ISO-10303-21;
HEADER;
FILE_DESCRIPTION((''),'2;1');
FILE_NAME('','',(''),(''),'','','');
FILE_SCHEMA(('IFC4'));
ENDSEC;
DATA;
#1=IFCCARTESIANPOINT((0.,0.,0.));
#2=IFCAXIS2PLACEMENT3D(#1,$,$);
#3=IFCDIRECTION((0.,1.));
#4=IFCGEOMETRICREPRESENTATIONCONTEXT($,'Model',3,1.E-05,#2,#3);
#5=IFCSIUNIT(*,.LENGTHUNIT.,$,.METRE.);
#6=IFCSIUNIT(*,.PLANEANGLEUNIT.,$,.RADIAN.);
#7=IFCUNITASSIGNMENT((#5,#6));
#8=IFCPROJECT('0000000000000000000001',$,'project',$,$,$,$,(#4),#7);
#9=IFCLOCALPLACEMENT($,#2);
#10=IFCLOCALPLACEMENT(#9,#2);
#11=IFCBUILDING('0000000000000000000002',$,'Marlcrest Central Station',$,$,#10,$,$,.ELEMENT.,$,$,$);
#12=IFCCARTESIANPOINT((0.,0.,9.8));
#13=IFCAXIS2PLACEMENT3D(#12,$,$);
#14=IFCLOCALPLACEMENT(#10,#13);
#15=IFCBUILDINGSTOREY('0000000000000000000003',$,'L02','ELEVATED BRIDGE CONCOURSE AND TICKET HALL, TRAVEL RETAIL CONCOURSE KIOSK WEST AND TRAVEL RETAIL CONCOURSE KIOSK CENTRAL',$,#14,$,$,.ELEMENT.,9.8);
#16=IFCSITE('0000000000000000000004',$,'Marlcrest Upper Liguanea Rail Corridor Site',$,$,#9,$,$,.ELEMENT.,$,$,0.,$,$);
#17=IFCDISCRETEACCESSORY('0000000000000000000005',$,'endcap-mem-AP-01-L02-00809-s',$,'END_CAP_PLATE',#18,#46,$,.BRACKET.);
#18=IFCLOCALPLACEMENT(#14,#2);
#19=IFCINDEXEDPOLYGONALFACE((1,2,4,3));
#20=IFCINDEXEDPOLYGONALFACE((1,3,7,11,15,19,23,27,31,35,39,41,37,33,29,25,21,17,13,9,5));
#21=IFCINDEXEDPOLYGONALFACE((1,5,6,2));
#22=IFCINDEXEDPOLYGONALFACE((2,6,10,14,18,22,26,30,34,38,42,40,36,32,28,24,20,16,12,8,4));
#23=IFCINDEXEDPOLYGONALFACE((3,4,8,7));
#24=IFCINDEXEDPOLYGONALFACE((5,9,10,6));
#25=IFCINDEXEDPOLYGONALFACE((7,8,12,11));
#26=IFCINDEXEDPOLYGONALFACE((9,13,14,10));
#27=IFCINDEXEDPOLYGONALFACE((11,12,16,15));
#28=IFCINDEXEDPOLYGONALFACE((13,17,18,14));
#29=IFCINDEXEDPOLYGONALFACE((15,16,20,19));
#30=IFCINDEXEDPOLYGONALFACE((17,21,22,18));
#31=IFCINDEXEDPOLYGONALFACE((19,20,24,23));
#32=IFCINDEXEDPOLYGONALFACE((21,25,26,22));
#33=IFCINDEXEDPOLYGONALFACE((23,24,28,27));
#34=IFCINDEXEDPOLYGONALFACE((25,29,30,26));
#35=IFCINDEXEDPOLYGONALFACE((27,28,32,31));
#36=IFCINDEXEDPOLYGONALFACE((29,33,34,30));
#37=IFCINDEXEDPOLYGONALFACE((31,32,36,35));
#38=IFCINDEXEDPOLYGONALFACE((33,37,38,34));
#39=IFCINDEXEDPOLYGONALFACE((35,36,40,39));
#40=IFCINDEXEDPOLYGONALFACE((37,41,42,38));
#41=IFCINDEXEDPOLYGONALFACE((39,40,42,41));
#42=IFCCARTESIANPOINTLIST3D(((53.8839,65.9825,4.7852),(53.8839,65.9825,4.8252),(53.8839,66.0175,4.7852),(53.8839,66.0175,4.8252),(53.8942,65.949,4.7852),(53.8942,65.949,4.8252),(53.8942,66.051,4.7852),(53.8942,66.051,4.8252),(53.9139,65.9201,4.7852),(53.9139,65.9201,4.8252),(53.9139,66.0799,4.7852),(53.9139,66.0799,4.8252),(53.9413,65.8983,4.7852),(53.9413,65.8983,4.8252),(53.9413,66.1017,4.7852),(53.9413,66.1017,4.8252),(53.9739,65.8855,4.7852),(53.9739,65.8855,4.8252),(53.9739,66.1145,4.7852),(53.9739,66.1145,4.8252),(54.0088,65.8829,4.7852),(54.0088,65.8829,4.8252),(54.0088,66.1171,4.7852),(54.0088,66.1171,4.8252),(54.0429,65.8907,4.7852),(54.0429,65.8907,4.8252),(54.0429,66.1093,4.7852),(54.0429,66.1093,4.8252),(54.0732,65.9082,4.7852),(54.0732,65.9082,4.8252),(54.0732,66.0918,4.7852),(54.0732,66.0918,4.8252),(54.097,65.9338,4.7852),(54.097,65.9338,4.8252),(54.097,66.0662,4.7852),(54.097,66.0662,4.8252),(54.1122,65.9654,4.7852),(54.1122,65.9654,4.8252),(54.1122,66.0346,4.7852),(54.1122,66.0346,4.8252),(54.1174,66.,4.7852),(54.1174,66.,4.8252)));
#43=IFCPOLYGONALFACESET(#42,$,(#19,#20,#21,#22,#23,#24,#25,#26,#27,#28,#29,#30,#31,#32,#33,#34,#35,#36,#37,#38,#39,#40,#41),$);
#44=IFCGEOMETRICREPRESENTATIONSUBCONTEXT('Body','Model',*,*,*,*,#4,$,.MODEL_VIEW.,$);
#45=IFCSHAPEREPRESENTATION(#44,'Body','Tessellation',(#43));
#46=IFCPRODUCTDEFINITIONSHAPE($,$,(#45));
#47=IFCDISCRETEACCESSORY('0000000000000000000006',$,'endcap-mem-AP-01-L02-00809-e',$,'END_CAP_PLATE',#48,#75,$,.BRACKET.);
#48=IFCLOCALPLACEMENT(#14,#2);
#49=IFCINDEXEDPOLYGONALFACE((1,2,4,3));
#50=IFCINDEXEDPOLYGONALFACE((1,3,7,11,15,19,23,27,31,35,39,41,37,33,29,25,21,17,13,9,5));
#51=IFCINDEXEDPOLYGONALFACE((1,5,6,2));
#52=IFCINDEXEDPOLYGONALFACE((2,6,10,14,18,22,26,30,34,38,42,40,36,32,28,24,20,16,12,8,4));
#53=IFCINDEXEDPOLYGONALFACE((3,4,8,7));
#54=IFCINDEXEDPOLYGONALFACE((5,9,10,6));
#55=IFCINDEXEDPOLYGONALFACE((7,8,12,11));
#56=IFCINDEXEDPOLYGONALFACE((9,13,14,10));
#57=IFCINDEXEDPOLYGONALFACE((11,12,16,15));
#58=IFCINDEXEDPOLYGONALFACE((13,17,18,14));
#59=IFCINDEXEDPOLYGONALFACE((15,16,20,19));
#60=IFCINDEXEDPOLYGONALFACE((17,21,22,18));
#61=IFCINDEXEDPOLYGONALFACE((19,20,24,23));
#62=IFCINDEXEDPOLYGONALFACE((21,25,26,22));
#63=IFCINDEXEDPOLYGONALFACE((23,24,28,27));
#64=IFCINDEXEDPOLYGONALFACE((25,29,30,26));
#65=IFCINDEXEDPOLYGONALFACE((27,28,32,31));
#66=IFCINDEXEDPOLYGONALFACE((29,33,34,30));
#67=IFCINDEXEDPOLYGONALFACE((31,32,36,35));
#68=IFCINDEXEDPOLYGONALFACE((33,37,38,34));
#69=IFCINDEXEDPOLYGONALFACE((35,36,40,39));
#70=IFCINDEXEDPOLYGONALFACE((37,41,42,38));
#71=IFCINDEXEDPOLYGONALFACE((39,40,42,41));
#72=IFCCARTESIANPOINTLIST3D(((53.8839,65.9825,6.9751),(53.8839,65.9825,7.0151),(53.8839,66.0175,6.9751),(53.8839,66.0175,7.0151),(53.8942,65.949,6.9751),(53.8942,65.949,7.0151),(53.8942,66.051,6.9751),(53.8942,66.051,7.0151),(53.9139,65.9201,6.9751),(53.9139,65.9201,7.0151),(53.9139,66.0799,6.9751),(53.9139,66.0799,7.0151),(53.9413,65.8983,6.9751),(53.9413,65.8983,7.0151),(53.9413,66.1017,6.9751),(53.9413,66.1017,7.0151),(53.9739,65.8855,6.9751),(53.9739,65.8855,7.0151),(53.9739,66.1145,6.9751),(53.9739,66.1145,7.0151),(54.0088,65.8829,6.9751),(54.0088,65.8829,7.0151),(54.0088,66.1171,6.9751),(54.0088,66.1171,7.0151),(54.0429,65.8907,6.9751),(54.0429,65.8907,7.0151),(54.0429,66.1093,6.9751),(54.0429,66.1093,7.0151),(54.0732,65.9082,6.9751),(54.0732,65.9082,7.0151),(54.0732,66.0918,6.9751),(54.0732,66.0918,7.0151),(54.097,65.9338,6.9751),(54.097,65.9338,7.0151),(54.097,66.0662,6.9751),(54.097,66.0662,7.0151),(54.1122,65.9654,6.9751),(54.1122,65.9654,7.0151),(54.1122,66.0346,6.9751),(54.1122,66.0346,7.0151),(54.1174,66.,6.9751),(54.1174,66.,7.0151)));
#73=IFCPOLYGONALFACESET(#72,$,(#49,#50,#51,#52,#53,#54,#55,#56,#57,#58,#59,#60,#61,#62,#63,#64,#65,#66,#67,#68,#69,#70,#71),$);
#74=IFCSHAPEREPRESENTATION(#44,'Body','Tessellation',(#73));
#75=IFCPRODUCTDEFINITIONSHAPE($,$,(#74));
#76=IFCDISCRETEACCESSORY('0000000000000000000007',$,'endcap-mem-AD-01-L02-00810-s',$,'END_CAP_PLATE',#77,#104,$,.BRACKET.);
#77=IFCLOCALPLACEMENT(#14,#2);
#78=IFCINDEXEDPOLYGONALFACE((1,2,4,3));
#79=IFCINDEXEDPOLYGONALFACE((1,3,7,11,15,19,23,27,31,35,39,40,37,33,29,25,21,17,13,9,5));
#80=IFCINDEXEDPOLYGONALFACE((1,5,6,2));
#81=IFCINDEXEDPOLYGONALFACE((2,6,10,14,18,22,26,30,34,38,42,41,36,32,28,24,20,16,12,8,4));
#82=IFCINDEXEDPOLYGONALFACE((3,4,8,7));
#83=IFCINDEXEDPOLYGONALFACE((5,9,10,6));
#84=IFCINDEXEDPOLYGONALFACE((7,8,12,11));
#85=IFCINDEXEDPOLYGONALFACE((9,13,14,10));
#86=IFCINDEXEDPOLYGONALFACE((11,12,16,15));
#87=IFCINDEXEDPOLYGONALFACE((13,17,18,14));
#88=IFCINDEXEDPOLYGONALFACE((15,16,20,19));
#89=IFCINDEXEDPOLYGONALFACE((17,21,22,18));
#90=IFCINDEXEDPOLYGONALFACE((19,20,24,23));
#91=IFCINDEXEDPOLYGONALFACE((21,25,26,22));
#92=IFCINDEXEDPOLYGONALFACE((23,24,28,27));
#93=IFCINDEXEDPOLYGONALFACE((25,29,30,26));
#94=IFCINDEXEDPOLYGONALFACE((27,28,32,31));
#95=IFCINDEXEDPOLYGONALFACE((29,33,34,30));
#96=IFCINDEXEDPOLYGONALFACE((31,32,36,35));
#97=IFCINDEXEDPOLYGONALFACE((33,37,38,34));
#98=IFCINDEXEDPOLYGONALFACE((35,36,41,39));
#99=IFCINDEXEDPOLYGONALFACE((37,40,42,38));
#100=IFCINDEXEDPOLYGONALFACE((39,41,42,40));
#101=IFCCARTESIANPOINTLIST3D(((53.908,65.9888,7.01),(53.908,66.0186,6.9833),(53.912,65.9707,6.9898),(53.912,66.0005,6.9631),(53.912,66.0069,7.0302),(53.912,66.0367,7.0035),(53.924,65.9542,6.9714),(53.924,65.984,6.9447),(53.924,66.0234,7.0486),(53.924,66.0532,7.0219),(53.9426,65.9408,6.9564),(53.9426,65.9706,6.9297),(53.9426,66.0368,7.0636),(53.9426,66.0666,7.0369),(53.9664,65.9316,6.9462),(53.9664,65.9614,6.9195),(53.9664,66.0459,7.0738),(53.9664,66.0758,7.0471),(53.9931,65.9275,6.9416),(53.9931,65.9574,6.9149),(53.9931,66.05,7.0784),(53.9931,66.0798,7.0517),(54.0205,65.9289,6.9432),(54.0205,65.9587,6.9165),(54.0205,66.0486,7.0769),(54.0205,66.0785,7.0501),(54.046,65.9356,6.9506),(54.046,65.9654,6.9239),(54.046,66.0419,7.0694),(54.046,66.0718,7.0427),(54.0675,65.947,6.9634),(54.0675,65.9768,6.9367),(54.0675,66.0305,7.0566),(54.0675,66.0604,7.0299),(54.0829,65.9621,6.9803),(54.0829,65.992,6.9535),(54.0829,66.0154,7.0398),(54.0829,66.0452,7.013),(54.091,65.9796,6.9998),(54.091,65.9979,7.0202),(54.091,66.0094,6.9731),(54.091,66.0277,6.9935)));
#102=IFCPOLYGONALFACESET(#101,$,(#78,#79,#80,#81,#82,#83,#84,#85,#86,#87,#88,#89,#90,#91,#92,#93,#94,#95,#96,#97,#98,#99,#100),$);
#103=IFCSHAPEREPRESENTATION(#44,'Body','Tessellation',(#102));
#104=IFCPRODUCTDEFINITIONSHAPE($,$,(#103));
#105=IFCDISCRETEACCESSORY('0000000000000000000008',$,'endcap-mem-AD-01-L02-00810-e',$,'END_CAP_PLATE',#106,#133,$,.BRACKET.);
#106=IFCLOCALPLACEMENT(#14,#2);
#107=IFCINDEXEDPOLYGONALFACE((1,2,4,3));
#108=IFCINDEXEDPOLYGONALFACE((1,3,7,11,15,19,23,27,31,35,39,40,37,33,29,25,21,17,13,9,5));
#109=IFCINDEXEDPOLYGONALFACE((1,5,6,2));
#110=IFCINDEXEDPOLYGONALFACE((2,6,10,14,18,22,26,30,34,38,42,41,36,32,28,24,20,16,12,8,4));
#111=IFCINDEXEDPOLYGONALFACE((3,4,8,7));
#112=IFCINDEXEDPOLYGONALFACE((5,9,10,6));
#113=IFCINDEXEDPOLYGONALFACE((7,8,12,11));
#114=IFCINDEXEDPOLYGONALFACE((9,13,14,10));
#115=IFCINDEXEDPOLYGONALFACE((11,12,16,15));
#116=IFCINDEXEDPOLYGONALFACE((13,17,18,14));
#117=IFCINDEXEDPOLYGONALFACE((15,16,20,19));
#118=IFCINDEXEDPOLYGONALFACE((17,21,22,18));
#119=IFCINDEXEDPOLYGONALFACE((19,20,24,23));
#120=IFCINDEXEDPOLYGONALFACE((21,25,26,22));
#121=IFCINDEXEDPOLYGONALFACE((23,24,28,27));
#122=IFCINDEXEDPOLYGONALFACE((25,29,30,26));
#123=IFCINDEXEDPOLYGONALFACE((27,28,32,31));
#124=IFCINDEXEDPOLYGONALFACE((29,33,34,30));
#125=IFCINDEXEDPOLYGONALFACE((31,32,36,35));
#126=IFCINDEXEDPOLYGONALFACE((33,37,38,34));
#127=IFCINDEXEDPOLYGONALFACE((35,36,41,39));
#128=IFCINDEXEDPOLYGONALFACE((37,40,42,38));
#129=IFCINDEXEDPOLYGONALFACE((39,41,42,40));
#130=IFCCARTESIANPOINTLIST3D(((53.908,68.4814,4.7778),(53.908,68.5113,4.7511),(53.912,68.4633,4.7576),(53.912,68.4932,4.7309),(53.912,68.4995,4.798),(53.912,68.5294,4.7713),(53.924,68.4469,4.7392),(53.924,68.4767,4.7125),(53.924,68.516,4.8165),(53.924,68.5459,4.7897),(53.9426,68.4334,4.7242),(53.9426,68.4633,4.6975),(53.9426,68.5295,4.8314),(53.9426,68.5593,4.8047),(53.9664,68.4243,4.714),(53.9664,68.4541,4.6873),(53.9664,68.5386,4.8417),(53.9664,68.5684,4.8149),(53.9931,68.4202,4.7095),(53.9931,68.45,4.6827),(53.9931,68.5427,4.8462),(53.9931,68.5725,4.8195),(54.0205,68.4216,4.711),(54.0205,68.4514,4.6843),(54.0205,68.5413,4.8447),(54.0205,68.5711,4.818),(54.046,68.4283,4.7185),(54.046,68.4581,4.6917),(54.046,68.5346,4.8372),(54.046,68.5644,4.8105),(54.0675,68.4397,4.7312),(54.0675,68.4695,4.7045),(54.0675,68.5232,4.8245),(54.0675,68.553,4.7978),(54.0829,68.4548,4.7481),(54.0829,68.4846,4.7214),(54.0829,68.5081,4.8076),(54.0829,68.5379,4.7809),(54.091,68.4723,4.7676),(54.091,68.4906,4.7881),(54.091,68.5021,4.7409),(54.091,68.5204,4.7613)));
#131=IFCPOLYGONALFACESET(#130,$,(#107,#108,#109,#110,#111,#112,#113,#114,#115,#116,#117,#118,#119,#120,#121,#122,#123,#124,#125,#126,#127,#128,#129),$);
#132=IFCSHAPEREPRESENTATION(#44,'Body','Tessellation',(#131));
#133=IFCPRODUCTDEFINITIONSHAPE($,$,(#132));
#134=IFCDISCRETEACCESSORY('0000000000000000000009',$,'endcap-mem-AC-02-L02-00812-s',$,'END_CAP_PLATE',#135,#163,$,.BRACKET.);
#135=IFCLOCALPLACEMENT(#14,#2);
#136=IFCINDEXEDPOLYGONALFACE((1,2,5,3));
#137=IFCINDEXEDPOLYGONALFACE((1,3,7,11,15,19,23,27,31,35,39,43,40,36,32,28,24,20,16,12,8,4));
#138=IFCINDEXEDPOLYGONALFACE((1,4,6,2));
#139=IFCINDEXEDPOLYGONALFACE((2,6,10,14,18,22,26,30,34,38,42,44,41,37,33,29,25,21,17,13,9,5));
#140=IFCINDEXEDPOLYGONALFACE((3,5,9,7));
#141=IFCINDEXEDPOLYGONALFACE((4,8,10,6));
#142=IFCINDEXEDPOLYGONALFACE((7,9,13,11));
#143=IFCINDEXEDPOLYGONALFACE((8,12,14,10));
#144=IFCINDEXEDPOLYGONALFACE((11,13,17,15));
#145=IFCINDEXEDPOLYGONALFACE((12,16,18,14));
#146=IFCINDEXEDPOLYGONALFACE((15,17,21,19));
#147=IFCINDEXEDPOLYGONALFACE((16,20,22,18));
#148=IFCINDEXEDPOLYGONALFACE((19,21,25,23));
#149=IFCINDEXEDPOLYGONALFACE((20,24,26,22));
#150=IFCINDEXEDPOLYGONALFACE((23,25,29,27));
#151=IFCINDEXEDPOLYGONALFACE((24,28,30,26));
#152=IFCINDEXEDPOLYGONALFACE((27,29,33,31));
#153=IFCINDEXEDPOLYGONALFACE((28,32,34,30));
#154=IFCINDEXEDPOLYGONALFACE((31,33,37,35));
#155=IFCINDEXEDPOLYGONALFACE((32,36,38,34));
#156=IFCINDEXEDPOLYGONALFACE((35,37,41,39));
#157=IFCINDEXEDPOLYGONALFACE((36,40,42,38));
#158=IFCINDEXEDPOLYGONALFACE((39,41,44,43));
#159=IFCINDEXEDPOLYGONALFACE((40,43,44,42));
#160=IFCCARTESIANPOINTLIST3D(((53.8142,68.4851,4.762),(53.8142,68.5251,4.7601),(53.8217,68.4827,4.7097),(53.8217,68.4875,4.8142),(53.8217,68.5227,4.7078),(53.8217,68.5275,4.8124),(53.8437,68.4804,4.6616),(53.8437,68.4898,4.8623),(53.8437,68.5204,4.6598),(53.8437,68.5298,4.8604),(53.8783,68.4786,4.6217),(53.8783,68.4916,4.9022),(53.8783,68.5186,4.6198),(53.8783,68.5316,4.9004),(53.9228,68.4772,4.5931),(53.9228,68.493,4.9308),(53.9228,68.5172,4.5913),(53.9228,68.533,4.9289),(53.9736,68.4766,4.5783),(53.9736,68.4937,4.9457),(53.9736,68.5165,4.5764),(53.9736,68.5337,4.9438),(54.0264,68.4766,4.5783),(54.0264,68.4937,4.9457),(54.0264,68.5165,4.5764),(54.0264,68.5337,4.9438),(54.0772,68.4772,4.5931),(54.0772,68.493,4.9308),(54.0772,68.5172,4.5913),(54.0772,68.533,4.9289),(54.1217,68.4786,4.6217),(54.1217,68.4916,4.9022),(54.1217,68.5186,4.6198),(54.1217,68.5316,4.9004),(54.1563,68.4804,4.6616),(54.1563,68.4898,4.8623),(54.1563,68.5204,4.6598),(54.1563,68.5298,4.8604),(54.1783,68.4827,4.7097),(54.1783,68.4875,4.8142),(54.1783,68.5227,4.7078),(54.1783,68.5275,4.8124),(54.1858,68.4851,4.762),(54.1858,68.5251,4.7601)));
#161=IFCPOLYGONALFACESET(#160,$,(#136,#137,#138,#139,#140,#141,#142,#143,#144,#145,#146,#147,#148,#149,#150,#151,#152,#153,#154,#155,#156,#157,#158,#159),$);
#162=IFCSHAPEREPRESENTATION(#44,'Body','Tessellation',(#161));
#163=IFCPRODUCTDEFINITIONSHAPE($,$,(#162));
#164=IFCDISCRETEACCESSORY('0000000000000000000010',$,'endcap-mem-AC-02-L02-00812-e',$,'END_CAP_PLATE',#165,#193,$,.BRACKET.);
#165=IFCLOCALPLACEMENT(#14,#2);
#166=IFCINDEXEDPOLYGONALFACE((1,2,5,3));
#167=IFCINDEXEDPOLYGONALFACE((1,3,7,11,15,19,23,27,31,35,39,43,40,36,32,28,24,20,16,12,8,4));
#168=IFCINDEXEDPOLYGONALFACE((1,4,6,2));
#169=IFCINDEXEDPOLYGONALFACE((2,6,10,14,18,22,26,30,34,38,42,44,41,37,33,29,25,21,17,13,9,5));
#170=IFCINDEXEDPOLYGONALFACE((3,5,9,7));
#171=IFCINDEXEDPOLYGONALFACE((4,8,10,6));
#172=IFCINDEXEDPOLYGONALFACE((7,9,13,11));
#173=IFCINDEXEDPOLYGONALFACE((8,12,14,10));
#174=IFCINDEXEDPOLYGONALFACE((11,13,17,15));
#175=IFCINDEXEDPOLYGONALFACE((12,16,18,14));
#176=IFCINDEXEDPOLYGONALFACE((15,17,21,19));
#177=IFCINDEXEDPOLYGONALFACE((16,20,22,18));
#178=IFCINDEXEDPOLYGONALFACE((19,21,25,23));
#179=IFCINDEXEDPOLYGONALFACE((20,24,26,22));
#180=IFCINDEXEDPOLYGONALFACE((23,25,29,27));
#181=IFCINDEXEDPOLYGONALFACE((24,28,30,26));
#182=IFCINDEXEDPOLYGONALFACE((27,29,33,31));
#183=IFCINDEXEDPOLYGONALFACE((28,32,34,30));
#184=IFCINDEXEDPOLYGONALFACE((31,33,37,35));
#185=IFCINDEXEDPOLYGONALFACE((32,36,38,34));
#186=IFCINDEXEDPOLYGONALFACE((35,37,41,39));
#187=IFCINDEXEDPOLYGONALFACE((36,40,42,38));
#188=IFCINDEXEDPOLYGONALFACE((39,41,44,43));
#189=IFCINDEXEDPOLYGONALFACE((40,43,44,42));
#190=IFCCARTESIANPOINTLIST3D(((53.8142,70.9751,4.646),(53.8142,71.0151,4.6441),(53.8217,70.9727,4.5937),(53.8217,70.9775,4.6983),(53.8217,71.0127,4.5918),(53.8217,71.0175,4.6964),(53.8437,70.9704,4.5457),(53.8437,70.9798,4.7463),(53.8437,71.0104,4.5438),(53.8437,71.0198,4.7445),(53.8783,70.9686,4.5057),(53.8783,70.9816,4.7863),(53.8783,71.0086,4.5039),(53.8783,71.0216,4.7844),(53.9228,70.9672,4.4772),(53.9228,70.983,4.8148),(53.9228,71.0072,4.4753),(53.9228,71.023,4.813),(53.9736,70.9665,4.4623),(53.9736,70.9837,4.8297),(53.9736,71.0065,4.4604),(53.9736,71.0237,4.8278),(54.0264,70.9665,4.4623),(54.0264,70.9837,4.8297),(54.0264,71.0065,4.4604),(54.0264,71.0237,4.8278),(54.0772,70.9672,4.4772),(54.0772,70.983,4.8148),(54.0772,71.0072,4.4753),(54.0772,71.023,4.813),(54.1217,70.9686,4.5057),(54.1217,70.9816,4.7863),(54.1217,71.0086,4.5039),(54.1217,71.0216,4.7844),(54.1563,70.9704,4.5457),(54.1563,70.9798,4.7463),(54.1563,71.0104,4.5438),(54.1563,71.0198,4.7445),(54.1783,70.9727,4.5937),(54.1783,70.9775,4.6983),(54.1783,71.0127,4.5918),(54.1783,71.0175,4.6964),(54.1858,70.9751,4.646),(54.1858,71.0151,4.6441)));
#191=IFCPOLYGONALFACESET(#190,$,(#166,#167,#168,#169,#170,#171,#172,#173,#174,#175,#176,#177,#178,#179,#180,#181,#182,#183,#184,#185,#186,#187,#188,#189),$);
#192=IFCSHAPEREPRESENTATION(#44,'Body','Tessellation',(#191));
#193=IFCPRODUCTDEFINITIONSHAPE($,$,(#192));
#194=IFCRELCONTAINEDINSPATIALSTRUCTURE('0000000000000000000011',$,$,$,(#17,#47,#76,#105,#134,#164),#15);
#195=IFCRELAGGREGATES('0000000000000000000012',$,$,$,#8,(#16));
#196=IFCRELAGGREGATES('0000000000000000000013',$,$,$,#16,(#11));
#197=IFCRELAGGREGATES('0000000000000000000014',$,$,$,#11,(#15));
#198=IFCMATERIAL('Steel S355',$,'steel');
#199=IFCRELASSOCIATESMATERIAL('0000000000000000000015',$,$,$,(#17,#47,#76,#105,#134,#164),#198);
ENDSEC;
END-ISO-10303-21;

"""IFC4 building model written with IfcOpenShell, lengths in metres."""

from ifc_helpers import new_model, si_unit, direction, frame, origin, origin_2d, place, context, subcontext, project, spatial, circle, extrude, material, element, save


model = new_model("IFC4")

# Units and contexts
model_context = context("Model", 3, precision=1e-05, world=origin(), true_north=direction((0.0, 1.0)))
body_context = subcontext(model_context, "Body", "Model", "MODEL_VIEW")
ifc_project = project(units=[si_unit("LENGTHUNIT", "METRE"), si_unit("PLANEANGLEUNIT", "RADIAN")], contexts=[model_context])

# Site, building, storey
site_placement = place(None, origin())
site = spatial("IfcSite", under=ifc_project, at=site_placement, Name="Marlcrest Upper Liguanea Rail Corridor Site", CompositionType="ELEMENT", RefElevation=0.0)
building_placement = place(site_placement, origin())
building = spatial("IfcBuilding", under=site, at=building_placement, Name="Marlcrest Central Station", CompositionType="ELEMENT")
storey_placement = place(building_placement, frame((0.0, 0.0, 9.8)))
storey = spatial("IfcBuildingStorey", under=building, at=storey_placement, Name="L02", Description="ELEVATED BRIDGE CONCOURSE AND TICKET HALL, TRAVEL RETAIL CONCOURSE KIOSK WEST AND TRAVEL RETAIL CONCOURSE KIOSK CENTRAL", CompositionType="ELEMENT", Elevation=9.8)

# Shared definitions
ifc_material = material(Name="Steel S355", Category="steel")

# Discrete accessories
for number, where, z_axis, x_axis, name in (
    (1, (54.0, 66.0, 4.7852), (0.0, 0.0, 1.0), (1.0, 0.0, 0.0), "endcap-mem-AP-01-L02-00809-s"),
    (2, (54.0, 66.0, 6.9751), (0.0, 0.0, 1.0), (1.0, 0.0, 0.0), "endcap-mem-AP-01-L02-00809-e"),
):
    element("IfcDiscreteAccessory", number, at=place(storey_placement, frame(where, z_axis=z_axis, x_axis=x_axis)), inside=storey, material=ifc_material, Name=name, ObjectType="END_CAP_PLATE", PredefinedType="BRACKET", context=body_context, shape_type="SweptSolid", body=[
        extrude(circle(Radius=0.1174, at=origin_2d()), origin(), (0.0, 0.0, 1.0), 0.04),
    ])
for number, where, z_axis, x_axis, name in (
    (3, (54.0, 65.9888, 7.01), (0.0, 0.744956, -0.667114), (-1.0, 0.0, 0.0), "endcap-mem-AD-01-L02-00810-s"),
    (4, (54.0, 68.4814, 4.7778), (0.0, 0.744956, -0.667114), (-1.0, 0.0, 0.0), "endcap-mem-AD-01-L02-00810-e"),
):
    element("IfcDiscreteAccessory", number, at=place(storey_placement, frame(where, z_axis=z_axis, x_axis=x_axis)), inside=storey, material=ifc_material, Name=name, ObjectType="END_CAP_PLATE", PredefinedType="BRACKET", context=body_context, shape_type="SweptSolid", body=[
        extrude(circle(Radius=0.092, at=origin_2d()), origin(), (0.0, 0.0, 1.0), 0.04),
    ])
for number, where, z_axis, x_axis, name in (
    (5, (54.0, 68.4851, 4.762), (0.0, 0.998917, -0.046532), (-1.0, 0.0, 0.0), "endcap-mem-AC-02-L02-00812-s"),
    (6, (54.0, 70.9751, 4.646), (0.0, 0.998917, -0.046532), (-1.0, 0.0, 0.0), "endcap-mem-AC-02-L02-00812-e"),
):
    element("IfcDiscreteAccessory", number, at=place(storey_placement, frame(where, z_axis=z_axis, x_axis=x_axis)), inside=storey, material=ifc_material, Name=name, ObjectType="END_CAP_PLATE", PredefinedType="BRACKET", context=body_context, shape_type="SweptSolid", body=[
        extrude(circle(Radius=0.1858, at=origin_2d()), origin(), (0.0, 0.0, 1.0), 0.04),
    ])

save(model, "model.ifc")
